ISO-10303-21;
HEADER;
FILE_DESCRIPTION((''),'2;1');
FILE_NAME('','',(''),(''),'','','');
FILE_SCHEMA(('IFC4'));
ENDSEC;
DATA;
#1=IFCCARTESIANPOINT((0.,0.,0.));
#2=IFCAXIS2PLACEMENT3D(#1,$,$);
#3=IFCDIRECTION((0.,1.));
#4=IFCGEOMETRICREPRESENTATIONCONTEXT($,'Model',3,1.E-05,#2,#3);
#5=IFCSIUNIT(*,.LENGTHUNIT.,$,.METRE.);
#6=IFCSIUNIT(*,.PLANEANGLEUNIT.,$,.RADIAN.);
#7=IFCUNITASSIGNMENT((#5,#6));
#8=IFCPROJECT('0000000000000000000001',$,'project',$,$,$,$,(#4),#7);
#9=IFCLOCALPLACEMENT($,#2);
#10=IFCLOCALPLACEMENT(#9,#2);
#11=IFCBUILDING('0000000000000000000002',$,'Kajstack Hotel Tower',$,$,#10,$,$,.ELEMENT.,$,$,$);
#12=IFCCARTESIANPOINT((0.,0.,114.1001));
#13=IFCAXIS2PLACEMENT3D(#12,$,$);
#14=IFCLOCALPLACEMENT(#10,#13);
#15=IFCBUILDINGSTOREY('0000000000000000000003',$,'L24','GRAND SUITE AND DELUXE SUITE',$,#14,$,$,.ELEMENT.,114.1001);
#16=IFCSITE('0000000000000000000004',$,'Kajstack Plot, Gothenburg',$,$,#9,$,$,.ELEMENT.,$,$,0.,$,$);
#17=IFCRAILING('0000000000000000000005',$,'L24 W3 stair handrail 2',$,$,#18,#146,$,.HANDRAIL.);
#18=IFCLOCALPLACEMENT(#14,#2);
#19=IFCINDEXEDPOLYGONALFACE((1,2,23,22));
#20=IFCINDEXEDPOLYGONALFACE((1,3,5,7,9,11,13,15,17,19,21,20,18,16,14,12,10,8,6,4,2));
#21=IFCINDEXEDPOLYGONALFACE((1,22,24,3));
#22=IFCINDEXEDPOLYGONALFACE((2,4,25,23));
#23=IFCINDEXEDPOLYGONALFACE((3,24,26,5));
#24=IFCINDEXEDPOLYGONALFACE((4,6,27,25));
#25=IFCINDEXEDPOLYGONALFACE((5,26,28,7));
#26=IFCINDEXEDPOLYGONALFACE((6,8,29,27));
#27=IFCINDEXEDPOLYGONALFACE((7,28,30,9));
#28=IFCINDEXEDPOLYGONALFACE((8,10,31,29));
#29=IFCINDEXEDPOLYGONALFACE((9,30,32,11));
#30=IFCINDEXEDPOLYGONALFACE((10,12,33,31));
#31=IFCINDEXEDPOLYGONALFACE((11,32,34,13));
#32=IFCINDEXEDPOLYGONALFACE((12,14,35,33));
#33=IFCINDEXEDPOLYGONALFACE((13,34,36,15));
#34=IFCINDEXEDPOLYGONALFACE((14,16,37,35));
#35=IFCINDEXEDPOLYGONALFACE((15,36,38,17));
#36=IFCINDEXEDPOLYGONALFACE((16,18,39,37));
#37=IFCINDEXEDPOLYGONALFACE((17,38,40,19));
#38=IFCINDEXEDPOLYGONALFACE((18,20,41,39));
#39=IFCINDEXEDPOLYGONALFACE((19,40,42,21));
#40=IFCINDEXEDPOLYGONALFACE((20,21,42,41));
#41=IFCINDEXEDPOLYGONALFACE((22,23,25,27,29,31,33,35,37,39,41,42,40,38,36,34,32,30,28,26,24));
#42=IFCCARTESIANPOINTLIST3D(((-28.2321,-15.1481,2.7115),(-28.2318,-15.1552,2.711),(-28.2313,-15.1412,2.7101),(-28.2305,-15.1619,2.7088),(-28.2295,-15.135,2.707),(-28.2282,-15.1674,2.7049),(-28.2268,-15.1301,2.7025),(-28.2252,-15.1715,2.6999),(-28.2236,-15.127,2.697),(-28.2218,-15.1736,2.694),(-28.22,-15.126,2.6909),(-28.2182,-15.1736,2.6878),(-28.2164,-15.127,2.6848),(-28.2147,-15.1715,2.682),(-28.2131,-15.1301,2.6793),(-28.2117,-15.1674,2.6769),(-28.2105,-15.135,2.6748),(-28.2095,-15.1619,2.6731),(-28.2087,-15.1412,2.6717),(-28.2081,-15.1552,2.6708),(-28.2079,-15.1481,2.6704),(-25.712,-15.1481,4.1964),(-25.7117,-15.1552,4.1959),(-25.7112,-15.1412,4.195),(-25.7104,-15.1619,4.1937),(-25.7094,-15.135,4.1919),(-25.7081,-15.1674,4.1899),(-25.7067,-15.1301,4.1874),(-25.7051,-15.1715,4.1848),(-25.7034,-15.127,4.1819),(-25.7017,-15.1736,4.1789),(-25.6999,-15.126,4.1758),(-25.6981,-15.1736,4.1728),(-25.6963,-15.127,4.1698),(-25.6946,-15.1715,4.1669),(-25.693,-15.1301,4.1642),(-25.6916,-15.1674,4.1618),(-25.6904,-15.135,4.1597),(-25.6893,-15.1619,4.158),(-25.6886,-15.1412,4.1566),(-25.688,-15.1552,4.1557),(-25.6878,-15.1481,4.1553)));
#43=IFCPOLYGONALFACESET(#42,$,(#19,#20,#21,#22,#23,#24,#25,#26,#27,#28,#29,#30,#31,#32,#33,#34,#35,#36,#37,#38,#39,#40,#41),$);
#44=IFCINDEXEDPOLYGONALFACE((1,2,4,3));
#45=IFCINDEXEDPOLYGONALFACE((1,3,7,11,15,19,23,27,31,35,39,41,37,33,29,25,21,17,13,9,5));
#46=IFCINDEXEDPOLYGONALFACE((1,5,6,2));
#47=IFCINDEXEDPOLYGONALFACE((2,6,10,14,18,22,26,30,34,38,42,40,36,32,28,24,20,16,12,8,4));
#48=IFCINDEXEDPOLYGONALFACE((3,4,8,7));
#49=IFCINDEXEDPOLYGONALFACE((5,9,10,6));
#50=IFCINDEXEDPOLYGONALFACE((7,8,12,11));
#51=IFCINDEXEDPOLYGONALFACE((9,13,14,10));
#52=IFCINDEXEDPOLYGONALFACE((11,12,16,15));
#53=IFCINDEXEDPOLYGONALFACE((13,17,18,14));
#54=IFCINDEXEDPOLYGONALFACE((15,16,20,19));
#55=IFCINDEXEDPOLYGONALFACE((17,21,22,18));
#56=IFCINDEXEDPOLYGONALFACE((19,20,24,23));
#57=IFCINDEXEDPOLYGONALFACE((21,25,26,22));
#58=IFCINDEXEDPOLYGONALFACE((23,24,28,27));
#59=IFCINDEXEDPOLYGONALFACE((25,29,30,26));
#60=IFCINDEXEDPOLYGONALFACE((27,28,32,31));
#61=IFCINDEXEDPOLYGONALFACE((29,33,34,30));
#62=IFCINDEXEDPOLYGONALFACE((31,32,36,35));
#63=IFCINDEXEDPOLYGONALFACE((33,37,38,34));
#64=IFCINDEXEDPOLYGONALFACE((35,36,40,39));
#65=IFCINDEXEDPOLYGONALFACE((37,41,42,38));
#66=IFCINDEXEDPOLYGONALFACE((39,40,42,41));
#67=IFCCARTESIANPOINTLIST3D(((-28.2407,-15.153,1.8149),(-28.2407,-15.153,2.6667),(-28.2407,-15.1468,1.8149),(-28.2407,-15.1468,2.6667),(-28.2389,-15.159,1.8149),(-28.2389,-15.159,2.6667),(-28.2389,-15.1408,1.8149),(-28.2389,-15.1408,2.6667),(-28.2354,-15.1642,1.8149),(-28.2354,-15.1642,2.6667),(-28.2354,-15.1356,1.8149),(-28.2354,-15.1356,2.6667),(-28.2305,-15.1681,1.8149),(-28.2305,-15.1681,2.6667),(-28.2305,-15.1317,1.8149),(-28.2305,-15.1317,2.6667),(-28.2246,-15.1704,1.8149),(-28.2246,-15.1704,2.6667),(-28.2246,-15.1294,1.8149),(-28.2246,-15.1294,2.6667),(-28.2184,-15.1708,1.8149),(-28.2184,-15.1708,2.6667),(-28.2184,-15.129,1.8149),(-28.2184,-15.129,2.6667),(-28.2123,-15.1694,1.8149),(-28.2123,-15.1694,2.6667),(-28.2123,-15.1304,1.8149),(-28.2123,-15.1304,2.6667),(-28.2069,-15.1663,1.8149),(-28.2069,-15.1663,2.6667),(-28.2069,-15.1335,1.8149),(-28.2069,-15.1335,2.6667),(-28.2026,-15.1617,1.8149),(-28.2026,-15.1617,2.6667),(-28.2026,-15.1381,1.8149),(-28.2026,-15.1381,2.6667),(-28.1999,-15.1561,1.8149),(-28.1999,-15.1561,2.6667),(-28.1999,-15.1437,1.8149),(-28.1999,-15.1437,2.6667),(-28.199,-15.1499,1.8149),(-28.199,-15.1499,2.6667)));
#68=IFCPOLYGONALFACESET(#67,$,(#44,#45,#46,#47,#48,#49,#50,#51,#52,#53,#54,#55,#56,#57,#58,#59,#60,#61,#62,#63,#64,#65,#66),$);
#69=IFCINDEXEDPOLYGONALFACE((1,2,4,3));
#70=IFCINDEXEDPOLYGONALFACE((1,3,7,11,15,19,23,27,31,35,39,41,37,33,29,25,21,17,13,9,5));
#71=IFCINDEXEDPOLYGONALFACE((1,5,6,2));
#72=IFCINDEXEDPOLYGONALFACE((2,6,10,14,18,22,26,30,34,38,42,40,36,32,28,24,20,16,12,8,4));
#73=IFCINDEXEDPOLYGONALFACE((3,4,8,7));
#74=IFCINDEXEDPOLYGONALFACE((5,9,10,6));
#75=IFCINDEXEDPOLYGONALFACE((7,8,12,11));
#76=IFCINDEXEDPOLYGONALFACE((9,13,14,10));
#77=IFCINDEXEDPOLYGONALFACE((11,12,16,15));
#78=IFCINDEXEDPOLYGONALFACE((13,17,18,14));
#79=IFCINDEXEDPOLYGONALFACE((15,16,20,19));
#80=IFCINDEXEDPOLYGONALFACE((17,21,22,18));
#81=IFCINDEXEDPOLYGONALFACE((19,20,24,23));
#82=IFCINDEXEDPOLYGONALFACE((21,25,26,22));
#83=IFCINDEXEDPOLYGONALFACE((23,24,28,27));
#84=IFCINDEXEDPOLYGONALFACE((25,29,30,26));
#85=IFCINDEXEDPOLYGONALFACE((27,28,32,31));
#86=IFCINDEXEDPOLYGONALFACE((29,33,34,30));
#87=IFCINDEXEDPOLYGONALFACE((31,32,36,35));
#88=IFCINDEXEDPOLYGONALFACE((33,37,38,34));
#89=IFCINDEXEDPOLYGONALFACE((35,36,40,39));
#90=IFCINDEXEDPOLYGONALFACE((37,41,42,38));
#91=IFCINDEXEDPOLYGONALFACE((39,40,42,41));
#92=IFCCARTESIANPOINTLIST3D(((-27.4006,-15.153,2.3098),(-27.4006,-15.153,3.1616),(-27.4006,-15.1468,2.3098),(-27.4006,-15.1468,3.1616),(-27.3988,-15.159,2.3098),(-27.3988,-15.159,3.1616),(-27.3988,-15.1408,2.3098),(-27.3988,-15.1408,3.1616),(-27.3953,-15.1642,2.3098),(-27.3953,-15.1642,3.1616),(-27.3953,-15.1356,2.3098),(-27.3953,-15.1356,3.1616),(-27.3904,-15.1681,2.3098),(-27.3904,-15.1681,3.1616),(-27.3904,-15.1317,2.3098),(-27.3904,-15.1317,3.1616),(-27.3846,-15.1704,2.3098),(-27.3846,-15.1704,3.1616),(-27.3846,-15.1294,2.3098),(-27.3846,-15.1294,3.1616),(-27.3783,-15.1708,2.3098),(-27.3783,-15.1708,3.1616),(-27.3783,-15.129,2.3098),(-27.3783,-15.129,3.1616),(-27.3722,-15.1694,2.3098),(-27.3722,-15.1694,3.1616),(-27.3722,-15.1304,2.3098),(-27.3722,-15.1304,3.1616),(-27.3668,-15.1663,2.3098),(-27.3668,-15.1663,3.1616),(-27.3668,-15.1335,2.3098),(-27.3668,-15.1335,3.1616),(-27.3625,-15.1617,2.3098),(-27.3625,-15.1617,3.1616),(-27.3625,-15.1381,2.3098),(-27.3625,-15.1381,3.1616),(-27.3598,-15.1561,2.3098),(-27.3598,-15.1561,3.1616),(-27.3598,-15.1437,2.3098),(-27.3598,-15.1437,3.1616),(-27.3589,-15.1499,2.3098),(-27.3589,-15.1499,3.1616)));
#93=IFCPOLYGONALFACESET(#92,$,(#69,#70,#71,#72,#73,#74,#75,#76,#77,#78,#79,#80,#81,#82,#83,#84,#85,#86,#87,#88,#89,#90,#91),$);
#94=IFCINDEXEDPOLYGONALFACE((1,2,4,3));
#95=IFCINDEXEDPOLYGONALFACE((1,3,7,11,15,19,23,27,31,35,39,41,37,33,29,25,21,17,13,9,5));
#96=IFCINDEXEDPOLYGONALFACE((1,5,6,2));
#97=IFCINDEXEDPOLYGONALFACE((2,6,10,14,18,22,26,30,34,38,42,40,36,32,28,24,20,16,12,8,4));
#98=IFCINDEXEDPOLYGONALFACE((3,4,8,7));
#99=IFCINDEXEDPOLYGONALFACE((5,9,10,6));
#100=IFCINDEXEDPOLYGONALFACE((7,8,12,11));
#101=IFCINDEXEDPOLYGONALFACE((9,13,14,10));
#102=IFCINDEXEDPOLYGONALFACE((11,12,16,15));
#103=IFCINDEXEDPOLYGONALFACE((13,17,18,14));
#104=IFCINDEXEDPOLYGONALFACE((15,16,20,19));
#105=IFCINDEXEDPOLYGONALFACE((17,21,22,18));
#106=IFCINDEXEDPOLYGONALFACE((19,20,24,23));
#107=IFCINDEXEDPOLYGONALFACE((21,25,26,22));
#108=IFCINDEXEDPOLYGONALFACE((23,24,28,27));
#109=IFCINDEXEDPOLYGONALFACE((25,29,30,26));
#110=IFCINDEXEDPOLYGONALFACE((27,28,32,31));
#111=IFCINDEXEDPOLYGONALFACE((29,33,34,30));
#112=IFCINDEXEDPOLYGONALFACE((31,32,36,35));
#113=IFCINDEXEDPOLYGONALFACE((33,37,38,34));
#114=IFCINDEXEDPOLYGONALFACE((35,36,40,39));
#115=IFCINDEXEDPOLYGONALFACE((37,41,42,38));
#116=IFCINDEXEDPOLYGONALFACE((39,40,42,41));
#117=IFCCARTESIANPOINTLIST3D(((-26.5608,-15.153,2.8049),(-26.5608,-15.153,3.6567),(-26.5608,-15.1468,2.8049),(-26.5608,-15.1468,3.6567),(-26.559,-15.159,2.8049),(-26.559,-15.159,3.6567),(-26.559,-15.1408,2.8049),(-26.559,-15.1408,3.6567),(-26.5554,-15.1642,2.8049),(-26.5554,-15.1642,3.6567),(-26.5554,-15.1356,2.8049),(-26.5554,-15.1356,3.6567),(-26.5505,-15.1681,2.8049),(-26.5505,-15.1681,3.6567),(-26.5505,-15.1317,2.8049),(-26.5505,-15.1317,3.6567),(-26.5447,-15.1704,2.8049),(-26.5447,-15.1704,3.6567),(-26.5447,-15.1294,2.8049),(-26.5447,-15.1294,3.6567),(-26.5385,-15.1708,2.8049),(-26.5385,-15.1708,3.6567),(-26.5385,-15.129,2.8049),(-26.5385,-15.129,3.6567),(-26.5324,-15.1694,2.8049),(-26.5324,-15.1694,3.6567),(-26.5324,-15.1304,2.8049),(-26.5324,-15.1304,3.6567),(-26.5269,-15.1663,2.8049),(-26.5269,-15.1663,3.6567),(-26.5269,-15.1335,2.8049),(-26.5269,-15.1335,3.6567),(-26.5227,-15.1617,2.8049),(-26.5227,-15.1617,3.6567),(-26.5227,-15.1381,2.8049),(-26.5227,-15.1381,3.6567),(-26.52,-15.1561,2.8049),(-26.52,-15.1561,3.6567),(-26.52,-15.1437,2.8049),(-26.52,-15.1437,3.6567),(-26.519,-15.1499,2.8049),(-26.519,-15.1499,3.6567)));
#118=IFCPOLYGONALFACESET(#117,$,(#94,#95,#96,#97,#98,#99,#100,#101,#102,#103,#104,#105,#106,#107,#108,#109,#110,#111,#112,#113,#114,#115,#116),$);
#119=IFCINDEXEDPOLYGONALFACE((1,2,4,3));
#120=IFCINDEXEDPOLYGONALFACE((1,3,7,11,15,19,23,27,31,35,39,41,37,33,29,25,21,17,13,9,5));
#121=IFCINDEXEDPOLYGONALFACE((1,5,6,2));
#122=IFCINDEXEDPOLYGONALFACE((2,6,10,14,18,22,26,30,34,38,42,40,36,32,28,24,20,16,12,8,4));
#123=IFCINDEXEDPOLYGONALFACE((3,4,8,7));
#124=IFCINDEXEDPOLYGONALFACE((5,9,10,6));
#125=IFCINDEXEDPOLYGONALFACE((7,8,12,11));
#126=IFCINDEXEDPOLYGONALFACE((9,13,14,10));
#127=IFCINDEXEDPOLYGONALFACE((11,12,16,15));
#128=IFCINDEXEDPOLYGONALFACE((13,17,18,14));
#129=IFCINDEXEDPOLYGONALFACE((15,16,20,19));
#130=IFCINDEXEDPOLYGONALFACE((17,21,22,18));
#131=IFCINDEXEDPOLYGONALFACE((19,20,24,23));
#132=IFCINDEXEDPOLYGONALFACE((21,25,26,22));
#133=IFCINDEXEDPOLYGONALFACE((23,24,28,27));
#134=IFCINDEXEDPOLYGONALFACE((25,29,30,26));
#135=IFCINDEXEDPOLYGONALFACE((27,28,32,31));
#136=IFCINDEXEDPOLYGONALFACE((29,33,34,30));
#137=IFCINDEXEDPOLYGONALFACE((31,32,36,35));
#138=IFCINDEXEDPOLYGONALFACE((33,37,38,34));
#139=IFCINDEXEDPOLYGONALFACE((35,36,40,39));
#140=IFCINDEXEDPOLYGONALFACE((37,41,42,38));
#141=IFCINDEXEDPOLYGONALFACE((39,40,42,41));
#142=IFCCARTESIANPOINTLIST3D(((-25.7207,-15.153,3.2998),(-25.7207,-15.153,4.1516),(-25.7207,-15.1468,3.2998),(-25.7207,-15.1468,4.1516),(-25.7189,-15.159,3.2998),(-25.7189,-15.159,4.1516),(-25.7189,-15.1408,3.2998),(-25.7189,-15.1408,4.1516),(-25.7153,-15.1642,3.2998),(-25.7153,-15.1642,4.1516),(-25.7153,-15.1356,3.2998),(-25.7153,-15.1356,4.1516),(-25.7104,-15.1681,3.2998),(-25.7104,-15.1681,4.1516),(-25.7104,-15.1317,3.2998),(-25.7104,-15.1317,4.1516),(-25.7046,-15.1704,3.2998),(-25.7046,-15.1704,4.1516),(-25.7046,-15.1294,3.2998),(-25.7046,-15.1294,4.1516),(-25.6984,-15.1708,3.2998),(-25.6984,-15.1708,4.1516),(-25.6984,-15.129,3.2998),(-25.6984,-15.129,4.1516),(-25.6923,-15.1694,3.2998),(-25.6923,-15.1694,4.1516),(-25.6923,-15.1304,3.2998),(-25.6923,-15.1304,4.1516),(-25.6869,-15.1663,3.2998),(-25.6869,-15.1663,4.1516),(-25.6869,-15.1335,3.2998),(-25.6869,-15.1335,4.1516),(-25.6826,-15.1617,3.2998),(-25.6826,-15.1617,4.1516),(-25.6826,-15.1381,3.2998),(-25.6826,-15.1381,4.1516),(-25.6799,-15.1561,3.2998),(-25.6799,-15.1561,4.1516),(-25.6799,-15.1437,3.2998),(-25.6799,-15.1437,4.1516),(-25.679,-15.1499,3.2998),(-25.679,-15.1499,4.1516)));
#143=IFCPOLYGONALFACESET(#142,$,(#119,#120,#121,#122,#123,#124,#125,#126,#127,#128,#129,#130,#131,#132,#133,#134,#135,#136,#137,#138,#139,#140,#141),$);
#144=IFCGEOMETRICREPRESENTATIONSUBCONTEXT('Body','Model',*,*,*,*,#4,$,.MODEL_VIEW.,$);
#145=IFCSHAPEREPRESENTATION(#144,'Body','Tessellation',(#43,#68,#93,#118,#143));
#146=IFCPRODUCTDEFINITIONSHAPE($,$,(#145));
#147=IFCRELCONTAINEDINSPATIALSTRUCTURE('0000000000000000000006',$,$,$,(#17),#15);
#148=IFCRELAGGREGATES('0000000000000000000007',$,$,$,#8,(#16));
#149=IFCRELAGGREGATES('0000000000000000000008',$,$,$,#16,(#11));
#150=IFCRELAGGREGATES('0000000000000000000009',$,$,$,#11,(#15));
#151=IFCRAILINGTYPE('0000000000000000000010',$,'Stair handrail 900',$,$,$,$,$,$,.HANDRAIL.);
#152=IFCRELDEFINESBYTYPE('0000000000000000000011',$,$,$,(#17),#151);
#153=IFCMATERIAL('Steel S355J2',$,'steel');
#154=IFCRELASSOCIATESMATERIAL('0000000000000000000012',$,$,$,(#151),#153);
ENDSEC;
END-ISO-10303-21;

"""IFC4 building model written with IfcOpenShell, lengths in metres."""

from ifc_helpers import new_model, si_unit, direction, frame, origin, origin_2d, place, context, subcontext, project, spatial, circle, extrude, material, type_object, element, save


model = new_model("IFC4")

# Units and contexts
model_context = context("Model", 3, precision=1e-05, world=origin(), true_north=direction((0.0, 1.0)))
body_context = subcontext(model_context, "Body", "Model", "MODEL_VIEW")
ifc_project = project(units=[si_unit("LENGTHUNIT", "METRE"), si_unit("PLANEANGLEUNIT", "RADIAN")], contexts=[model_context])

# Site, building, storey
site_placement = place(None, origin())
site = spatial("IfcSite", under=ifc_project, at=site_placement, Name="Kajstack Plot, Gothenburg", CompositionType="ELEMENT", RefElevation=0.0)
building_placement = place(site_placement, origin())
building = spatial("IfcBuilding", under=site, at=building_placement, Name="Kajstack Hotel Tower", CompositionType="ELEMENT")
storey_placement = place(building_placement, frame((0.0, 0.0, 114.1001)))
storey = spatial("IfcBuildingStorey", under=building, at=storey_placement, Name="L24", Description="GRAND SUITE AND DELUXE SUITE", CompositionType="ELEMENT", Elevation=114.1001)

# Railing
ifc_material_1 = material(Name="Steel S355J2", Category="steel")
railing_type_1 = type_object("IfcRailingType", Name="Stair handrail 900", PredefinedType="HANDRAIL", material=ifc_material_1)
railing_1_placement = place(storey_placement, frame((-28.22, -15.1499, 1.8149)))
element("IfcRailing", 1, at=railing_1_placement, inside=storey, type_object=railing_type_1, Name="L24 W3 stair handrail 2", PredefinedType="HANDRAIL", context=body_context, shape_type="SweptSolid", body=[
    extrude(circle(Radius=0.0239, at=origin_2d()), frame((0.0, 0.0, 0.876), z_axis=(0.861561, 0.0, 0.507655), x_axis=(0.0, 1.0, 0.0)), (0.0, 0.0, 1.0), 2.925),
    extrude(circle(Radius=0.021, at=origin_2d()), origin(), (0.0, 0.0, 1.0), 0.8518),
    extrude(circle(Radius=0.021, at=origin_2d()), frame((0.8401, 0.0, 0.4949)), (0.0, 0.0, 1.0), 0.8518),
    extrude(circle(Radius=0.021, at=origin_2d()), frame((1.6799, 0.0, 0.99)), (0.0, 0.0, 1.0), 0.8518),
    extrude(circle(Radius=0.021, at=origin_2d()), frame((2.52, 0.0, 1.4849)), (0.0, 0.0, 1.0), 0.8518),
])

save(model, "model.ifc")
